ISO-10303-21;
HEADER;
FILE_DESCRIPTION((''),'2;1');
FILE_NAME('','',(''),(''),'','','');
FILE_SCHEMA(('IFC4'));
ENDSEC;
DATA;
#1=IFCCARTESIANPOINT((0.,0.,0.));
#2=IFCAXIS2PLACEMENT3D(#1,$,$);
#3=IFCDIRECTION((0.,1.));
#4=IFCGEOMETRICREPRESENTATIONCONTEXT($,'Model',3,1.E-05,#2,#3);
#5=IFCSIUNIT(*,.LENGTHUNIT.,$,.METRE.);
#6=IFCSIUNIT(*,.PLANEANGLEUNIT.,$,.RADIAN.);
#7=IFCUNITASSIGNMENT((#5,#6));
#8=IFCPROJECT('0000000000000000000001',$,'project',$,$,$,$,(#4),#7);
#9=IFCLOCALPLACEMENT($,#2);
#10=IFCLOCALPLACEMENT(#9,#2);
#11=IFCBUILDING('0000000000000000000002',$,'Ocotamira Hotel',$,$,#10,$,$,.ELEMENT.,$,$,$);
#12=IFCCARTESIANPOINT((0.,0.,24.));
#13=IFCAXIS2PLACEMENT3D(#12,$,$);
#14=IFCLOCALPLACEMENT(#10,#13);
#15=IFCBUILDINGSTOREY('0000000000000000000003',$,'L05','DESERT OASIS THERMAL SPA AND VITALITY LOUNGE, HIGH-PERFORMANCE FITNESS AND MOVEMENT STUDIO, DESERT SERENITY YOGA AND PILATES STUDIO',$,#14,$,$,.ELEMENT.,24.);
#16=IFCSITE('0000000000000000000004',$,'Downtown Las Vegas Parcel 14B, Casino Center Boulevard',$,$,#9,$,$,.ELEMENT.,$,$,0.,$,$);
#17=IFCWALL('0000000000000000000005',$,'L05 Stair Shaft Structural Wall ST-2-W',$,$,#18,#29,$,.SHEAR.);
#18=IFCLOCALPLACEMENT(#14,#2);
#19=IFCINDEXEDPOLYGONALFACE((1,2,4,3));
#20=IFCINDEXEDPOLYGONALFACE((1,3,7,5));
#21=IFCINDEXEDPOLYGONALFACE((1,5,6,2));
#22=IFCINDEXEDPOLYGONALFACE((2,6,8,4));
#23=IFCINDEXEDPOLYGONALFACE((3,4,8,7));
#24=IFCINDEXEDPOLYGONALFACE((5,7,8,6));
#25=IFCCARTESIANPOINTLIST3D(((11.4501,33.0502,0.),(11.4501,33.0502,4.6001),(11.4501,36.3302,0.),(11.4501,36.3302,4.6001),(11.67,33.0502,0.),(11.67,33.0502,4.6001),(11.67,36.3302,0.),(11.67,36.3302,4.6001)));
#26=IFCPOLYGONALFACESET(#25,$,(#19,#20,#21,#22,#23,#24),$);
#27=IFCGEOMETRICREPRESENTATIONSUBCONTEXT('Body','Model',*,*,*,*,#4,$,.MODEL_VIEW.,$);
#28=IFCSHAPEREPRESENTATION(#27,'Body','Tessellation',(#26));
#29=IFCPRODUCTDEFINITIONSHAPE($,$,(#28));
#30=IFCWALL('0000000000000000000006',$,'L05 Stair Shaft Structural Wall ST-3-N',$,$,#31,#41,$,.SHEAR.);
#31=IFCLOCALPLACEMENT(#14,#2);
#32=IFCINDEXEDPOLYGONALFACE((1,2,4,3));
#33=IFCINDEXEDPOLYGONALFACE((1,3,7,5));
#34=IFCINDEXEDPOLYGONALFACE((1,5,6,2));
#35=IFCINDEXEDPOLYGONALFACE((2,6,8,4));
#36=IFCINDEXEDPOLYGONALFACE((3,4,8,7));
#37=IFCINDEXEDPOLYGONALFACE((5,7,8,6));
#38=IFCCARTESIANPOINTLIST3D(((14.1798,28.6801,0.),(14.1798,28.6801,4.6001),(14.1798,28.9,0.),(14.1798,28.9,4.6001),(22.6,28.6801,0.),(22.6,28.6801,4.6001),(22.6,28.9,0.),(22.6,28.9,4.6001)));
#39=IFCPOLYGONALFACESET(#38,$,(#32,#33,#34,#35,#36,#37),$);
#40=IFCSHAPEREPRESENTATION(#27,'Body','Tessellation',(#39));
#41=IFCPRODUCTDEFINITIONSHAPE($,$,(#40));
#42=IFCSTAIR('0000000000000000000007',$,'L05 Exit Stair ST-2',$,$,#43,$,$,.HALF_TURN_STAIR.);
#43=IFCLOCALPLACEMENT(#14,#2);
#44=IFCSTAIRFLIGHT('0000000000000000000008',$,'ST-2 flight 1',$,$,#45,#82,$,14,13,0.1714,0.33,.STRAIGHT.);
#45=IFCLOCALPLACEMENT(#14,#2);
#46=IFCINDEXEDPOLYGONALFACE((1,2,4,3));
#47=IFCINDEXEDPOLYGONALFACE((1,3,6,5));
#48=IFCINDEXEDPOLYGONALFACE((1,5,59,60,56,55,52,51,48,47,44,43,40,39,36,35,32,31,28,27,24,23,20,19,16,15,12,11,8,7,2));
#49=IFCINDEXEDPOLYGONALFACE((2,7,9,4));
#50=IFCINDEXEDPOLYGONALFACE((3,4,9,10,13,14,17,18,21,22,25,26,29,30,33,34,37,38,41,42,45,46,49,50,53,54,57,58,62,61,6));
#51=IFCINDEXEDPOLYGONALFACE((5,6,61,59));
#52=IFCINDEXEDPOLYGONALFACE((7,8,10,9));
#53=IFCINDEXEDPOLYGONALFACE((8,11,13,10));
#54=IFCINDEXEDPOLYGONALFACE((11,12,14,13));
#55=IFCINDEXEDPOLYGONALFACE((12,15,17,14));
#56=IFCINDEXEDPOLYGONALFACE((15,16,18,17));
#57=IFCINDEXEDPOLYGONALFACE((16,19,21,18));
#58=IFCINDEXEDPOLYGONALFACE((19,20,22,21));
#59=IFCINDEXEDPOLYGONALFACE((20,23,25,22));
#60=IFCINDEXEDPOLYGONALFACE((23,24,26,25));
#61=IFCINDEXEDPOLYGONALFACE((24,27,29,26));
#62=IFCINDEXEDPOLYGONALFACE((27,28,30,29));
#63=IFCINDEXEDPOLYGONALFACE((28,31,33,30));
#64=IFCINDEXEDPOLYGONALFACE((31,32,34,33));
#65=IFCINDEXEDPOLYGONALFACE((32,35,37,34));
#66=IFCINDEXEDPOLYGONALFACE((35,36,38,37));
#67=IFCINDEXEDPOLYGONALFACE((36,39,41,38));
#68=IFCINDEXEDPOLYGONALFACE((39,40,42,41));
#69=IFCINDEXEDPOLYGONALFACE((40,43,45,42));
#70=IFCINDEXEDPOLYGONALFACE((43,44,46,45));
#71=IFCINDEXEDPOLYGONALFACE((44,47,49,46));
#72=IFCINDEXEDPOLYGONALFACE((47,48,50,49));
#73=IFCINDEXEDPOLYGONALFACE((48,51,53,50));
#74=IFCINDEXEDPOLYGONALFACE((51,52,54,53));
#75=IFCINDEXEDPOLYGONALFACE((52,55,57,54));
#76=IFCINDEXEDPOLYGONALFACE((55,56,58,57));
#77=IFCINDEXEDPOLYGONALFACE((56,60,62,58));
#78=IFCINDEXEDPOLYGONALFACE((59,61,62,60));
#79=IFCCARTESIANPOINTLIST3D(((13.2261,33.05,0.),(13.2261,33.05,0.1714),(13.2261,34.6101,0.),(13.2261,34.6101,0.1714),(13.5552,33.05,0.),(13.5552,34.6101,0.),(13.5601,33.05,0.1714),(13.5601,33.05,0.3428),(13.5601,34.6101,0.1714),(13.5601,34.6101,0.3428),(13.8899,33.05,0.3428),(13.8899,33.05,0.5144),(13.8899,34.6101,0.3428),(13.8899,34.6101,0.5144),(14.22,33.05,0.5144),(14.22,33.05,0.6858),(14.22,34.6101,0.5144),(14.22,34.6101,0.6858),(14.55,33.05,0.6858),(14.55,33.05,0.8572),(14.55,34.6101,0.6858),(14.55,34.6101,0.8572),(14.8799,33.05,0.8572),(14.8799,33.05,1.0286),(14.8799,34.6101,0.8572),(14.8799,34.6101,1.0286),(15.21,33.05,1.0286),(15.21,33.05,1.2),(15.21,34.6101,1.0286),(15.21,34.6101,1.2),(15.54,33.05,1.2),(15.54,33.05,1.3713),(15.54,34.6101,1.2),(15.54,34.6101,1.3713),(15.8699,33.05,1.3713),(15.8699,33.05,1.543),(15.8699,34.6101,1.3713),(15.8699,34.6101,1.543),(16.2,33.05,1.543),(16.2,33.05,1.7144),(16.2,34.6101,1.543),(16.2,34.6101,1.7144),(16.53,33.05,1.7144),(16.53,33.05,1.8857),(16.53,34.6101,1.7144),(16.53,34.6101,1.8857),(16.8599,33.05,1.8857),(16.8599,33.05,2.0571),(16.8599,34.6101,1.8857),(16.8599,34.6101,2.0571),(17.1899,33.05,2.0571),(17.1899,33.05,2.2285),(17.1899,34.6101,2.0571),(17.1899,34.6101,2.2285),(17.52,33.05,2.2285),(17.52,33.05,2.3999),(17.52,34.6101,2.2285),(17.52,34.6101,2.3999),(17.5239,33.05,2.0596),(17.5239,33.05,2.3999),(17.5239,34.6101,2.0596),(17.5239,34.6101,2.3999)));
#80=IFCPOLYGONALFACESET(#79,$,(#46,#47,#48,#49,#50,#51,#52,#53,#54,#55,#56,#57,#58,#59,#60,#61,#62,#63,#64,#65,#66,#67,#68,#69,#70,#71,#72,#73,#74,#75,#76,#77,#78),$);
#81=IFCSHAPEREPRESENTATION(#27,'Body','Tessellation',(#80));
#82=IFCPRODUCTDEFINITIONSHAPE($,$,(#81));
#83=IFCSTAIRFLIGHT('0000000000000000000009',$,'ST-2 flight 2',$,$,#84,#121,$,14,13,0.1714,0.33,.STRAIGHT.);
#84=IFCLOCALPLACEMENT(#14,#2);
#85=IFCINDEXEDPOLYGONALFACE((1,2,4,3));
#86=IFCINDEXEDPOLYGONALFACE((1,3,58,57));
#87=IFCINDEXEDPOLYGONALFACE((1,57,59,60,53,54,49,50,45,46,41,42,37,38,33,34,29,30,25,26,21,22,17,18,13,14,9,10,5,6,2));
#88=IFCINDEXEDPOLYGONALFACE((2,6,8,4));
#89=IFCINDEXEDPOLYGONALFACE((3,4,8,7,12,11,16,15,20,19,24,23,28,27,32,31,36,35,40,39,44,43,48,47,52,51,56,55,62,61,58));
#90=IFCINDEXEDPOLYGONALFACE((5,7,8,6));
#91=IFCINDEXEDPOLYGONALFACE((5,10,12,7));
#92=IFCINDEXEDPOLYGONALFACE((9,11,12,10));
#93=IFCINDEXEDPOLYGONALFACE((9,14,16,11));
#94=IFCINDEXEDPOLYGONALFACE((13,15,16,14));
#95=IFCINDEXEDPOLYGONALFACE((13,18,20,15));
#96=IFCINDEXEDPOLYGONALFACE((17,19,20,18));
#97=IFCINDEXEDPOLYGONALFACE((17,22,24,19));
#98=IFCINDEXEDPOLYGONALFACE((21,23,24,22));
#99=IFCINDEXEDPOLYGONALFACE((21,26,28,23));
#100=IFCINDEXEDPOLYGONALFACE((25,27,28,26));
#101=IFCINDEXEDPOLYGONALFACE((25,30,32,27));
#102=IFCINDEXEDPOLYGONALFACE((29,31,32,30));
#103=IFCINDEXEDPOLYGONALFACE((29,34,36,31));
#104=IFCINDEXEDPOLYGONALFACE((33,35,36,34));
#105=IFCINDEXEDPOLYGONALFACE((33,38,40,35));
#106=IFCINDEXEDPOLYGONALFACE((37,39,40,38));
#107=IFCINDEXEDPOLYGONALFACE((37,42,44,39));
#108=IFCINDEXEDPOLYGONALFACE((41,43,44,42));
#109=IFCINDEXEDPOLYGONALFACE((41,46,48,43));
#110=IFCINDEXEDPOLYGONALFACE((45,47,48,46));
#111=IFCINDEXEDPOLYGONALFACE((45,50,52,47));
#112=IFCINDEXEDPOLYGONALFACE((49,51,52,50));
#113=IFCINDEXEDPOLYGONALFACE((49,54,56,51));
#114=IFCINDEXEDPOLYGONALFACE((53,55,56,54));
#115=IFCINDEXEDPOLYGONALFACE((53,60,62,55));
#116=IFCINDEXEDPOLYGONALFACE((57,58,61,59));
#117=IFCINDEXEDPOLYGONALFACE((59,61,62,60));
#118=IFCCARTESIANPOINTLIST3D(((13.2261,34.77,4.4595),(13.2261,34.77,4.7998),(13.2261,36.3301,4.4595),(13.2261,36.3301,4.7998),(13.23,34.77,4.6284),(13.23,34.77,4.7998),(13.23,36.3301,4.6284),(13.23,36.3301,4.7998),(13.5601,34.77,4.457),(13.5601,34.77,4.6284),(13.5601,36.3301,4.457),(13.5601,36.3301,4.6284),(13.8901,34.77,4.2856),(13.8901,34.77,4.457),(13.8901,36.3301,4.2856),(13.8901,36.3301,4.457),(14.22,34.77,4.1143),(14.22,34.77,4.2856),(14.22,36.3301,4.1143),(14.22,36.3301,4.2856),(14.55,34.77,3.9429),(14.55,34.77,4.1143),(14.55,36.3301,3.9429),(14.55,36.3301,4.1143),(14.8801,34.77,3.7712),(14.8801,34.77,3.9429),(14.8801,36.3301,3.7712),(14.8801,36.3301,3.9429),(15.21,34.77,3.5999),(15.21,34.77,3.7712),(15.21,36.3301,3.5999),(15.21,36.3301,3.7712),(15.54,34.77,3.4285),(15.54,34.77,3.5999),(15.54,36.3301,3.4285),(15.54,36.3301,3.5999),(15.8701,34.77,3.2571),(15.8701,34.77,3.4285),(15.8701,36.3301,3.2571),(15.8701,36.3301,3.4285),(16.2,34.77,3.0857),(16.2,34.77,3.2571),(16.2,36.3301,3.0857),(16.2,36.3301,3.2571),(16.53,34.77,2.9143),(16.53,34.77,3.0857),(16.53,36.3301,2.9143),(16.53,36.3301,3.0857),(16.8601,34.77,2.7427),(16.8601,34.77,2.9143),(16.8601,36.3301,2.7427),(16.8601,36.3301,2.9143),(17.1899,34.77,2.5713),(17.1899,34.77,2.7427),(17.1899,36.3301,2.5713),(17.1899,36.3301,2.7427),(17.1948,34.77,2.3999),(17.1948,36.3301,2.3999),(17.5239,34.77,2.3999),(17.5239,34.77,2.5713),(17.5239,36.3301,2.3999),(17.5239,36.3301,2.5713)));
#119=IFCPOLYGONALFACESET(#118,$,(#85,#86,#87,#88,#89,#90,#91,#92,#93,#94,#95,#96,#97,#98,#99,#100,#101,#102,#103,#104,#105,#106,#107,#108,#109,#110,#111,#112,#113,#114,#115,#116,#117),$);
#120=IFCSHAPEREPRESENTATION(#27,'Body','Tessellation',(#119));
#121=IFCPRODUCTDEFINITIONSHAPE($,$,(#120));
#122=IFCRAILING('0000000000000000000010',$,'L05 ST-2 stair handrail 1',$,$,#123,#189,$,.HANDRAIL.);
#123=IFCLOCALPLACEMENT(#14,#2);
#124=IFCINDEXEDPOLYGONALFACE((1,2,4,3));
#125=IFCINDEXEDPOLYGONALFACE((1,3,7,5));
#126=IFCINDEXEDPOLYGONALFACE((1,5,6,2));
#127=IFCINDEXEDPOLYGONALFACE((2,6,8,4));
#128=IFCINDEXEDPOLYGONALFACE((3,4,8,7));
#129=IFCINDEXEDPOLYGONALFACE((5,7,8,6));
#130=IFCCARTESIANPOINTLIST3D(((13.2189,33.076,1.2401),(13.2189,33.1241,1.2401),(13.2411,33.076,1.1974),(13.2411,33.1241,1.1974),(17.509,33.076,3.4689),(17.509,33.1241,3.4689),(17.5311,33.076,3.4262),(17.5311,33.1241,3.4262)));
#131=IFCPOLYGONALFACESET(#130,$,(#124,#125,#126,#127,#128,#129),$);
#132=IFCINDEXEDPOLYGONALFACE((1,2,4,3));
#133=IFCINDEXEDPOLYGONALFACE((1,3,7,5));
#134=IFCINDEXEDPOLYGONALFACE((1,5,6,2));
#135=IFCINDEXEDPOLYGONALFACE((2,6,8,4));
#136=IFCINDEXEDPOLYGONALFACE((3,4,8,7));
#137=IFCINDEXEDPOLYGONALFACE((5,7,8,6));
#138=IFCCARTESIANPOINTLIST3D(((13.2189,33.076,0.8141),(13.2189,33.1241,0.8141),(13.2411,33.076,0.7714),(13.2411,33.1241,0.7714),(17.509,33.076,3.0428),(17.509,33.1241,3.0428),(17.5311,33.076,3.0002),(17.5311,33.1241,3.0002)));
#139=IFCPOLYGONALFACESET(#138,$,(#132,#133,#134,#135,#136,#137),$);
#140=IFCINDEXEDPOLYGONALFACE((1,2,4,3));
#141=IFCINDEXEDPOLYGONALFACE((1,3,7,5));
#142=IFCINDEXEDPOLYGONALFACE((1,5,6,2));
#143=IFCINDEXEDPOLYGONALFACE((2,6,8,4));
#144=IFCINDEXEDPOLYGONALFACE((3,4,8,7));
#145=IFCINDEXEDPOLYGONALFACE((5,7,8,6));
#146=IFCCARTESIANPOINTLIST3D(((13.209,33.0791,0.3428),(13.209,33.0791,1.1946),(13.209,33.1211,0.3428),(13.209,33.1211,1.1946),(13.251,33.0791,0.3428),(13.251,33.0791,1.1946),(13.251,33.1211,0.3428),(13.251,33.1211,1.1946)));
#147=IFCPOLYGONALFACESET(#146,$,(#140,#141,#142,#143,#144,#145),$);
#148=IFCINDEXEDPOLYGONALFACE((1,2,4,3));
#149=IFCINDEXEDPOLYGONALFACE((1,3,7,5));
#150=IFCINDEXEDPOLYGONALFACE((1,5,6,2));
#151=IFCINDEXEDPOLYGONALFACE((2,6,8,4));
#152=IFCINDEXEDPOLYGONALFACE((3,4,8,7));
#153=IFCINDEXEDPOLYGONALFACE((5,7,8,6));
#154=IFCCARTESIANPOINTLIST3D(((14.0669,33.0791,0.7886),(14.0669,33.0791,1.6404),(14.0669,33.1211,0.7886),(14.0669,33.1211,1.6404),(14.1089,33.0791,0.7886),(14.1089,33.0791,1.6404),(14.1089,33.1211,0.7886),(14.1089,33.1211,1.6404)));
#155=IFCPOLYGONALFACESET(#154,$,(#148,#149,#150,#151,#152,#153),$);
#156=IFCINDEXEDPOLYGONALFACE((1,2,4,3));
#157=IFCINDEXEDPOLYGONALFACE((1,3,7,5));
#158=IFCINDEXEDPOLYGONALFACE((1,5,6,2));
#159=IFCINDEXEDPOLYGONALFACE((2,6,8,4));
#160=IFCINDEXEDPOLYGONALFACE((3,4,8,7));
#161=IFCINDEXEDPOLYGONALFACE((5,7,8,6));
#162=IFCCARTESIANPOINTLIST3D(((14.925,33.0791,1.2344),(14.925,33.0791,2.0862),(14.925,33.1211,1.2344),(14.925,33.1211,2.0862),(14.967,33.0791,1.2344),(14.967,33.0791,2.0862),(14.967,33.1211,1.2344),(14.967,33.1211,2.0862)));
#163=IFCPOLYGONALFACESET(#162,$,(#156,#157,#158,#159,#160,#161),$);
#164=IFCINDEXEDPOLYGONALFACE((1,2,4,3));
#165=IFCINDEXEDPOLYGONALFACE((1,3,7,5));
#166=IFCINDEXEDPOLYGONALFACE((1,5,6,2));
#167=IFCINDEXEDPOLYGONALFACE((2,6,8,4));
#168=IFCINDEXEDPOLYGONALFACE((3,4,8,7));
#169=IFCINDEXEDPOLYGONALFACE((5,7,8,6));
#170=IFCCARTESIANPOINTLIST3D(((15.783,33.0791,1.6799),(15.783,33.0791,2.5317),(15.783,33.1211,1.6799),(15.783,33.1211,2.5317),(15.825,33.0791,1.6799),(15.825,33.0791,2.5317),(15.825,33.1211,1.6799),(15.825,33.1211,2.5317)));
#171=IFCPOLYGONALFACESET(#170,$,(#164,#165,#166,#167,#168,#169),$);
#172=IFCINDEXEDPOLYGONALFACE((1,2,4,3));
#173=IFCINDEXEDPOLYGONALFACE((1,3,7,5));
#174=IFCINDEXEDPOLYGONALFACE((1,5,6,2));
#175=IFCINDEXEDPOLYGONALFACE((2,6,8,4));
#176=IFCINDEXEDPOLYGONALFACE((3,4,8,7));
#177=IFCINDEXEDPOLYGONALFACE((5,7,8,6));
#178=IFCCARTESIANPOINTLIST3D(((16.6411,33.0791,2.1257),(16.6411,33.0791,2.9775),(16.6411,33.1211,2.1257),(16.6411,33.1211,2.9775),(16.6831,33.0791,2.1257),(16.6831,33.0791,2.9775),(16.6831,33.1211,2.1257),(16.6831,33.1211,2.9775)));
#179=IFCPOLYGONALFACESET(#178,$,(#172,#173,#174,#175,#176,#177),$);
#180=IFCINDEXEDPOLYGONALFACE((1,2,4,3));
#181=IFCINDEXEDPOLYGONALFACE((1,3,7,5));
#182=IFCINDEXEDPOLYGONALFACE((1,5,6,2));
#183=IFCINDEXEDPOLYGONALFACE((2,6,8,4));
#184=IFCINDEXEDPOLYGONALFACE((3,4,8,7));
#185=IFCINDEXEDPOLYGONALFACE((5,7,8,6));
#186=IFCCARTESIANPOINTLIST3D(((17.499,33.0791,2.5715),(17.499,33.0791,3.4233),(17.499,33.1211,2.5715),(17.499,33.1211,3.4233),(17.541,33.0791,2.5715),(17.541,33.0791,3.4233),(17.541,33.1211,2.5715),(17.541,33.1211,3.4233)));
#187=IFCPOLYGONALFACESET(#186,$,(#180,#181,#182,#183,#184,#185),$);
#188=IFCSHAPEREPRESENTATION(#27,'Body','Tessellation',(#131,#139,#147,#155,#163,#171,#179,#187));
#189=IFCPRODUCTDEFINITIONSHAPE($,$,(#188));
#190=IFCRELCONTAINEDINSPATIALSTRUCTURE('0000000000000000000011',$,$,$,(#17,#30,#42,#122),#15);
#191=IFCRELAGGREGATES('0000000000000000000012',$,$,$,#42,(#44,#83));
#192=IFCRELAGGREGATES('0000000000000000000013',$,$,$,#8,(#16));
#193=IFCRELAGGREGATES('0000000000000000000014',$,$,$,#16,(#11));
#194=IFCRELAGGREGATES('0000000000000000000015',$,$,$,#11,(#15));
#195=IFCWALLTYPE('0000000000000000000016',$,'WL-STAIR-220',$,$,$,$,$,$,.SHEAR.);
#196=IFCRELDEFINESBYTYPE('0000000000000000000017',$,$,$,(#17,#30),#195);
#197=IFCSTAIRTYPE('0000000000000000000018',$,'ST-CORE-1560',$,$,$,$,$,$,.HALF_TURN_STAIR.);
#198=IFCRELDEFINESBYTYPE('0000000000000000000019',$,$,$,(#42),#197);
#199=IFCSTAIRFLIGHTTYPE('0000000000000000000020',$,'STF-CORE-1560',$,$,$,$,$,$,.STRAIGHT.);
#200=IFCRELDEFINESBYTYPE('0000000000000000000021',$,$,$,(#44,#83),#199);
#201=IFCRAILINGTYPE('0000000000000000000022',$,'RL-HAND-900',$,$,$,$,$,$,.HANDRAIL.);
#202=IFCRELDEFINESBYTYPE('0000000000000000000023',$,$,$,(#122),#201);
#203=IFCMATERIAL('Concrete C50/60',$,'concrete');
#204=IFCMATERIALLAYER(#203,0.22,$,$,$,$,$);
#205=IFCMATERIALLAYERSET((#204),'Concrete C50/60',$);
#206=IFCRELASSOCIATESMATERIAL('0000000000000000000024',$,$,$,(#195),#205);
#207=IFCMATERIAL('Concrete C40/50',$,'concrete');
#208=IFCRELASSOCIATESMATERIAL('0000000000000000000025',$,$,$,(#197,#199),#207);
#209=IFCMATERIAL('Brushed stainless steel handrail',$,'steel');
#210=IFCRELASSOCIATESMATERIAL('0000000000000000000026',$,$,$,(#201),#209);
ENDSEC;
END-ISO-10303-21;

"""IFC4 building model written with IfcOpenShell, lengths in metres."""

from ifc_helpers import new_model, si_unit, direction, frame, frame_2d, origin, origin_2d, place, context, subcontext, project, spatial, polyline, rectangle, outline, extrude, source, transform, mapped, material, layer, layer_set, type_object, element, aggregate, save


model = new_model("IFC4")

# Units and contexts
model_context = context("Model", 3, precision=1e-05, world=origin(), true_north=direction((0.0, 1.0)))
body_context = subcontext(model_context, "Body", "Model", "MODEL_VIEW")
ifc_project = project(units=[si_unit("LENGTHUNIT", "METRE"), si_unit("PLANEANGLEUNIT", "RADIAN")], contexts=[model_context])

# Site, building, storey
site_placement = place(None, origin())
site = spatial("IfcSite", under=ifc_project, at=site_placement, Name="Downtown Las Vegas Parcel 14B, Casino Center Boulevard", CompositionType="ELEMENT", RefElevation=0.0)
building_placement = place(site_placement, origin())
building = spatial("IfcBuilding", under=site, at=building_placement, Name="Ocotamira Hotel", CompositionType="ELEMENT")
storey_placement = place(building_placement, frame((0.0, 0.0, 24.0)))
storey = spatial("IfcBuildingStorey", under=building, at=storey_placement, Name="L05", Description="DESERT OASIS THERMAL SPA AND VITALITY LOUNGE, HIGH-PERFORMANCE FITNESS AND MOVEMENT STUDIO, DESERT SERENITY YOGA AND PILATES STUDIO", CompositionType="ELEMENT", Elevation=24.0)

# Shared definitions
ifc_material_1 = material(Name="Concrete C50/60", Category="concrete")

# Shared definitions
ifc_layer_1 = layer(ifc_material_1, 0.22)
ifc_layer_set_1 = layer_set([ifc_layer_1], Name="Concrete C50/60")
wall_type_1 = type_object("IfcWallType", Name="WL-STAIR-220", PredefinedType="SHEAR", material=ifc_layer_set_1)

# Walls
wall_1_placement = place(storey_placement, frame((11.5601, 33.05, 0.0), z_axis=(0.0, 0.0, 1.0), x_axis=(0.0, 1.0, 0.0)))
element("IfcWall", 1, at=wall_1_placement, inside=storey, type_object=wall_type_1, Name="L05 Stair Shaft Structural Wall ST-2-W", PredefinedType="SHEAR", context=body_context, shape_type="SweptSolid", body=[
    extrude(rectangle(XDim=3.28, YDim=0.22, at=frame_2d((1.6401, 0.0))), origin(), (0.0, 0.0, 1.0), 4.6001),
])
wall_2_placement = place(storey_placement, frame((14.1799, 28.79, 0.0), z_axis=(0.0, 0.0, 1.0), x_axis=(1.0, 0.0, 0.0)))
element("IfcWall", 2, at=wall_2_placement, inside=storey, type_object=wall_type_1, Name="L05 Stair Shaft Structural Wall ST-3-N", PredefinedType="SHEAR", context=body_context, shape_type="SweptSolid", body=[
    extrude(rectangle(XDim=8.4202, YDim=0.22, at=frame_2d((4.21, 0.0))), origin(), (0.0, 0.0, 1.0), 4.6001),
])

# Stair, stair flights
ifc_material_2 = material(Name="Concrete C40/50", Category="concrete")
stair_type = type_object("IfcStairType", Name="ST-CORE-1560", PredefinedType="HALF_TURN_STAIR", material=ifc_material_2)
stair_placement = place(storey_placement, origin())
stair = element("IfcStair", 3, at=stair_placement, inside=storey, type_object=stair_type, Name="L05 Exit Stair ST-2", PredefinedType="HALF_TURN_STAIR")
stair_flight_type = type_object("IfcStairFlightType", Name="STF-CORE-1560", PredefinedType="STRAIGHT", material=ifc_material_2)
shared_shape_1 = source(origin(), body_context, "Body", "SweptSolid", [
    extrude(outline(polyline([(-0.0039, 0.0), (-0.0039, 0.1714), (0.3301, 0.1714), (0.3301, 0.3428), (0.6599, 0.3428), (0.6599, 0.5144), (0.99, 0.5144), (0.99, 0.6858), (1.3201, 0.6858), (1.3201, 0.8572), (1.6499, 0.8572), (1.6499, 1.0286), (1.98, 1.0286), (1.98, 1.2), (2.3101, 1.2), (2.3101, 1.3713), (2.6399, 1.3713), (2.6399, 1.543), (2.97, 1.543), (2.97, 1.7144), (3.3, 1.7144), (3.3, 1.8857), (3.6299, 1.8857), (3.6299, 2.0571), (3.96, 2.0571), (3.96, 2.2285), (4.29, 2.2285), (4.29, 2.3999), (4.2939, 2.3999), (4.2939, 2.0596), (0.3252, 0.0), (-0.0039, 0.0)])), frame((0.0, 0.78, 0.0), z_axis=(0.0, -1.0, 0.0), x_axis=(1.0, 0.0, 0.0)), (0.0, 0.0, 1.0), 1.5601),
])
stair_flight_1_placement = place(storey_placement, frame((13.23, 33.8301, 0.0), z_axis=(0.0, 0.0, 1.0), x_axis=(1.0, 0.0, 0.0)))
stair_flight_1 = element("IfcStairFlight", 4, at=stair_flight_1_placement, type_object=stair_flight_type, Name="ST-2 flight 1", NumberOfRisers=14, NumberOfTreads=13, PredefinedType="STRAIGHT", RiserHeight=0.1714, TreadLength=0.33, context=body_context, shape_type="MappedRepresentation", body=[
    mapped(shared_shape_1, transform((0.0, 0.0, 0.0), scale=1.0)),
])
stair_flight_2_placement = place(storey_placement, frame((17.52, 35.55, 2.3999), z_axis=(0.0, 0.0, 1.0), x_axis=(-1.0, 0.0, 0.0)))
stair_flight_2 = element("IfcStairFlight", 5, at=stair_flight_2_placement, type_object=stair_flight_type, Name="ST-2 flight 2", NumberOfRisers=14, NumberOfTreads=13, PredefinedType="STRAIGHT", RiserHeight=0.1714, TreadLength=0.33, context=body_context, shape_type="MappedRepresentation", body=[
    mapped(shared_shape_1, transform((0.0, 0.0, 0.0), scale=1.0)),
])
aggregate(stair, [stair_flight_1, stair_flight_2])

# Railing
ifc_material_3 = material(Name="Brushed stainless steel handrail", Category="steel")
railing_type_1 = type_object("IfcRailingType", Name="RL-HAND-900", PredefinedType="HANDRAIL", material=ifc_material_3)
railing_1_placement = place(storey_placement, frame((13.23, 33.1001, 0.3428)))
element("IfcRailing", 6, at=railing_1_placement, inside=storey, type_object=railing_type_1, Name="L05 ST-2 stair handrail 1", PredefinedType="HANDRAIL", context=body_context, shape_type="SweptSolid", body=[
    extrude(rectangle(XDim=0.0481, YDim=0.0481, at=origin_2d()), frame((0.0, 0.0, 0.876), z_axis=(0.887391, 0.0, 0.461017), x_axis=(0.0, 1.0, 0.0)), (0.0, 0.0, 1.0), 4.8345),
    extrude(rectangle(XDim=0.0481, YDim=0.0481, at=origin_2d()), frame((0.0, 0.0, 0.45), z_axis=(0.887391, 0.0, 0.461017), x_axis=(0.0, 1.0, 0.0)), (0.0, 0.0, 1.0), 4.8345),
    extrude(rectangle(XDim=0.042, YDim=0.042, at=origin_2d()), origin(), (0.0, 0.0, 1.0), 0.8518),
    extrude(rectangle(XDim=0.042, YDim=0.042, at=origin_2d()), frame((0.8579, 0.0, 0.4458)), (0.0, 0.0, 1.0), 0.8518),
    extrude(rectangle(XDim=0.042, YDim=0.042, at=origin_2d()), frame((1.7161, 0.0, 0.8916)), (0.0, 0.0, 1.0), 0.8518),
    extrude(rectangle(XDim=0.042, YDim=0.042, at=origin_2d()), frame((2.574, 0.0, 1.3372)), (0.0, 0.0, 1.0), 0.8518),
    extrude(rectangle(XDim=0.042, YDim=0.042, at=origin_2d()), frame((3.4321, 0.0, 1.783)), (0.0, 0.0, 1.0), 0.8518),
    extrude(rectangle(XDim=0.042, YDim=0.042, at=origin_2d()), frame((4.29, 0.0, 2.2288)), (0.0, 0.0, 1.0), 0.8518),
])

save(model, "model.ifc")
